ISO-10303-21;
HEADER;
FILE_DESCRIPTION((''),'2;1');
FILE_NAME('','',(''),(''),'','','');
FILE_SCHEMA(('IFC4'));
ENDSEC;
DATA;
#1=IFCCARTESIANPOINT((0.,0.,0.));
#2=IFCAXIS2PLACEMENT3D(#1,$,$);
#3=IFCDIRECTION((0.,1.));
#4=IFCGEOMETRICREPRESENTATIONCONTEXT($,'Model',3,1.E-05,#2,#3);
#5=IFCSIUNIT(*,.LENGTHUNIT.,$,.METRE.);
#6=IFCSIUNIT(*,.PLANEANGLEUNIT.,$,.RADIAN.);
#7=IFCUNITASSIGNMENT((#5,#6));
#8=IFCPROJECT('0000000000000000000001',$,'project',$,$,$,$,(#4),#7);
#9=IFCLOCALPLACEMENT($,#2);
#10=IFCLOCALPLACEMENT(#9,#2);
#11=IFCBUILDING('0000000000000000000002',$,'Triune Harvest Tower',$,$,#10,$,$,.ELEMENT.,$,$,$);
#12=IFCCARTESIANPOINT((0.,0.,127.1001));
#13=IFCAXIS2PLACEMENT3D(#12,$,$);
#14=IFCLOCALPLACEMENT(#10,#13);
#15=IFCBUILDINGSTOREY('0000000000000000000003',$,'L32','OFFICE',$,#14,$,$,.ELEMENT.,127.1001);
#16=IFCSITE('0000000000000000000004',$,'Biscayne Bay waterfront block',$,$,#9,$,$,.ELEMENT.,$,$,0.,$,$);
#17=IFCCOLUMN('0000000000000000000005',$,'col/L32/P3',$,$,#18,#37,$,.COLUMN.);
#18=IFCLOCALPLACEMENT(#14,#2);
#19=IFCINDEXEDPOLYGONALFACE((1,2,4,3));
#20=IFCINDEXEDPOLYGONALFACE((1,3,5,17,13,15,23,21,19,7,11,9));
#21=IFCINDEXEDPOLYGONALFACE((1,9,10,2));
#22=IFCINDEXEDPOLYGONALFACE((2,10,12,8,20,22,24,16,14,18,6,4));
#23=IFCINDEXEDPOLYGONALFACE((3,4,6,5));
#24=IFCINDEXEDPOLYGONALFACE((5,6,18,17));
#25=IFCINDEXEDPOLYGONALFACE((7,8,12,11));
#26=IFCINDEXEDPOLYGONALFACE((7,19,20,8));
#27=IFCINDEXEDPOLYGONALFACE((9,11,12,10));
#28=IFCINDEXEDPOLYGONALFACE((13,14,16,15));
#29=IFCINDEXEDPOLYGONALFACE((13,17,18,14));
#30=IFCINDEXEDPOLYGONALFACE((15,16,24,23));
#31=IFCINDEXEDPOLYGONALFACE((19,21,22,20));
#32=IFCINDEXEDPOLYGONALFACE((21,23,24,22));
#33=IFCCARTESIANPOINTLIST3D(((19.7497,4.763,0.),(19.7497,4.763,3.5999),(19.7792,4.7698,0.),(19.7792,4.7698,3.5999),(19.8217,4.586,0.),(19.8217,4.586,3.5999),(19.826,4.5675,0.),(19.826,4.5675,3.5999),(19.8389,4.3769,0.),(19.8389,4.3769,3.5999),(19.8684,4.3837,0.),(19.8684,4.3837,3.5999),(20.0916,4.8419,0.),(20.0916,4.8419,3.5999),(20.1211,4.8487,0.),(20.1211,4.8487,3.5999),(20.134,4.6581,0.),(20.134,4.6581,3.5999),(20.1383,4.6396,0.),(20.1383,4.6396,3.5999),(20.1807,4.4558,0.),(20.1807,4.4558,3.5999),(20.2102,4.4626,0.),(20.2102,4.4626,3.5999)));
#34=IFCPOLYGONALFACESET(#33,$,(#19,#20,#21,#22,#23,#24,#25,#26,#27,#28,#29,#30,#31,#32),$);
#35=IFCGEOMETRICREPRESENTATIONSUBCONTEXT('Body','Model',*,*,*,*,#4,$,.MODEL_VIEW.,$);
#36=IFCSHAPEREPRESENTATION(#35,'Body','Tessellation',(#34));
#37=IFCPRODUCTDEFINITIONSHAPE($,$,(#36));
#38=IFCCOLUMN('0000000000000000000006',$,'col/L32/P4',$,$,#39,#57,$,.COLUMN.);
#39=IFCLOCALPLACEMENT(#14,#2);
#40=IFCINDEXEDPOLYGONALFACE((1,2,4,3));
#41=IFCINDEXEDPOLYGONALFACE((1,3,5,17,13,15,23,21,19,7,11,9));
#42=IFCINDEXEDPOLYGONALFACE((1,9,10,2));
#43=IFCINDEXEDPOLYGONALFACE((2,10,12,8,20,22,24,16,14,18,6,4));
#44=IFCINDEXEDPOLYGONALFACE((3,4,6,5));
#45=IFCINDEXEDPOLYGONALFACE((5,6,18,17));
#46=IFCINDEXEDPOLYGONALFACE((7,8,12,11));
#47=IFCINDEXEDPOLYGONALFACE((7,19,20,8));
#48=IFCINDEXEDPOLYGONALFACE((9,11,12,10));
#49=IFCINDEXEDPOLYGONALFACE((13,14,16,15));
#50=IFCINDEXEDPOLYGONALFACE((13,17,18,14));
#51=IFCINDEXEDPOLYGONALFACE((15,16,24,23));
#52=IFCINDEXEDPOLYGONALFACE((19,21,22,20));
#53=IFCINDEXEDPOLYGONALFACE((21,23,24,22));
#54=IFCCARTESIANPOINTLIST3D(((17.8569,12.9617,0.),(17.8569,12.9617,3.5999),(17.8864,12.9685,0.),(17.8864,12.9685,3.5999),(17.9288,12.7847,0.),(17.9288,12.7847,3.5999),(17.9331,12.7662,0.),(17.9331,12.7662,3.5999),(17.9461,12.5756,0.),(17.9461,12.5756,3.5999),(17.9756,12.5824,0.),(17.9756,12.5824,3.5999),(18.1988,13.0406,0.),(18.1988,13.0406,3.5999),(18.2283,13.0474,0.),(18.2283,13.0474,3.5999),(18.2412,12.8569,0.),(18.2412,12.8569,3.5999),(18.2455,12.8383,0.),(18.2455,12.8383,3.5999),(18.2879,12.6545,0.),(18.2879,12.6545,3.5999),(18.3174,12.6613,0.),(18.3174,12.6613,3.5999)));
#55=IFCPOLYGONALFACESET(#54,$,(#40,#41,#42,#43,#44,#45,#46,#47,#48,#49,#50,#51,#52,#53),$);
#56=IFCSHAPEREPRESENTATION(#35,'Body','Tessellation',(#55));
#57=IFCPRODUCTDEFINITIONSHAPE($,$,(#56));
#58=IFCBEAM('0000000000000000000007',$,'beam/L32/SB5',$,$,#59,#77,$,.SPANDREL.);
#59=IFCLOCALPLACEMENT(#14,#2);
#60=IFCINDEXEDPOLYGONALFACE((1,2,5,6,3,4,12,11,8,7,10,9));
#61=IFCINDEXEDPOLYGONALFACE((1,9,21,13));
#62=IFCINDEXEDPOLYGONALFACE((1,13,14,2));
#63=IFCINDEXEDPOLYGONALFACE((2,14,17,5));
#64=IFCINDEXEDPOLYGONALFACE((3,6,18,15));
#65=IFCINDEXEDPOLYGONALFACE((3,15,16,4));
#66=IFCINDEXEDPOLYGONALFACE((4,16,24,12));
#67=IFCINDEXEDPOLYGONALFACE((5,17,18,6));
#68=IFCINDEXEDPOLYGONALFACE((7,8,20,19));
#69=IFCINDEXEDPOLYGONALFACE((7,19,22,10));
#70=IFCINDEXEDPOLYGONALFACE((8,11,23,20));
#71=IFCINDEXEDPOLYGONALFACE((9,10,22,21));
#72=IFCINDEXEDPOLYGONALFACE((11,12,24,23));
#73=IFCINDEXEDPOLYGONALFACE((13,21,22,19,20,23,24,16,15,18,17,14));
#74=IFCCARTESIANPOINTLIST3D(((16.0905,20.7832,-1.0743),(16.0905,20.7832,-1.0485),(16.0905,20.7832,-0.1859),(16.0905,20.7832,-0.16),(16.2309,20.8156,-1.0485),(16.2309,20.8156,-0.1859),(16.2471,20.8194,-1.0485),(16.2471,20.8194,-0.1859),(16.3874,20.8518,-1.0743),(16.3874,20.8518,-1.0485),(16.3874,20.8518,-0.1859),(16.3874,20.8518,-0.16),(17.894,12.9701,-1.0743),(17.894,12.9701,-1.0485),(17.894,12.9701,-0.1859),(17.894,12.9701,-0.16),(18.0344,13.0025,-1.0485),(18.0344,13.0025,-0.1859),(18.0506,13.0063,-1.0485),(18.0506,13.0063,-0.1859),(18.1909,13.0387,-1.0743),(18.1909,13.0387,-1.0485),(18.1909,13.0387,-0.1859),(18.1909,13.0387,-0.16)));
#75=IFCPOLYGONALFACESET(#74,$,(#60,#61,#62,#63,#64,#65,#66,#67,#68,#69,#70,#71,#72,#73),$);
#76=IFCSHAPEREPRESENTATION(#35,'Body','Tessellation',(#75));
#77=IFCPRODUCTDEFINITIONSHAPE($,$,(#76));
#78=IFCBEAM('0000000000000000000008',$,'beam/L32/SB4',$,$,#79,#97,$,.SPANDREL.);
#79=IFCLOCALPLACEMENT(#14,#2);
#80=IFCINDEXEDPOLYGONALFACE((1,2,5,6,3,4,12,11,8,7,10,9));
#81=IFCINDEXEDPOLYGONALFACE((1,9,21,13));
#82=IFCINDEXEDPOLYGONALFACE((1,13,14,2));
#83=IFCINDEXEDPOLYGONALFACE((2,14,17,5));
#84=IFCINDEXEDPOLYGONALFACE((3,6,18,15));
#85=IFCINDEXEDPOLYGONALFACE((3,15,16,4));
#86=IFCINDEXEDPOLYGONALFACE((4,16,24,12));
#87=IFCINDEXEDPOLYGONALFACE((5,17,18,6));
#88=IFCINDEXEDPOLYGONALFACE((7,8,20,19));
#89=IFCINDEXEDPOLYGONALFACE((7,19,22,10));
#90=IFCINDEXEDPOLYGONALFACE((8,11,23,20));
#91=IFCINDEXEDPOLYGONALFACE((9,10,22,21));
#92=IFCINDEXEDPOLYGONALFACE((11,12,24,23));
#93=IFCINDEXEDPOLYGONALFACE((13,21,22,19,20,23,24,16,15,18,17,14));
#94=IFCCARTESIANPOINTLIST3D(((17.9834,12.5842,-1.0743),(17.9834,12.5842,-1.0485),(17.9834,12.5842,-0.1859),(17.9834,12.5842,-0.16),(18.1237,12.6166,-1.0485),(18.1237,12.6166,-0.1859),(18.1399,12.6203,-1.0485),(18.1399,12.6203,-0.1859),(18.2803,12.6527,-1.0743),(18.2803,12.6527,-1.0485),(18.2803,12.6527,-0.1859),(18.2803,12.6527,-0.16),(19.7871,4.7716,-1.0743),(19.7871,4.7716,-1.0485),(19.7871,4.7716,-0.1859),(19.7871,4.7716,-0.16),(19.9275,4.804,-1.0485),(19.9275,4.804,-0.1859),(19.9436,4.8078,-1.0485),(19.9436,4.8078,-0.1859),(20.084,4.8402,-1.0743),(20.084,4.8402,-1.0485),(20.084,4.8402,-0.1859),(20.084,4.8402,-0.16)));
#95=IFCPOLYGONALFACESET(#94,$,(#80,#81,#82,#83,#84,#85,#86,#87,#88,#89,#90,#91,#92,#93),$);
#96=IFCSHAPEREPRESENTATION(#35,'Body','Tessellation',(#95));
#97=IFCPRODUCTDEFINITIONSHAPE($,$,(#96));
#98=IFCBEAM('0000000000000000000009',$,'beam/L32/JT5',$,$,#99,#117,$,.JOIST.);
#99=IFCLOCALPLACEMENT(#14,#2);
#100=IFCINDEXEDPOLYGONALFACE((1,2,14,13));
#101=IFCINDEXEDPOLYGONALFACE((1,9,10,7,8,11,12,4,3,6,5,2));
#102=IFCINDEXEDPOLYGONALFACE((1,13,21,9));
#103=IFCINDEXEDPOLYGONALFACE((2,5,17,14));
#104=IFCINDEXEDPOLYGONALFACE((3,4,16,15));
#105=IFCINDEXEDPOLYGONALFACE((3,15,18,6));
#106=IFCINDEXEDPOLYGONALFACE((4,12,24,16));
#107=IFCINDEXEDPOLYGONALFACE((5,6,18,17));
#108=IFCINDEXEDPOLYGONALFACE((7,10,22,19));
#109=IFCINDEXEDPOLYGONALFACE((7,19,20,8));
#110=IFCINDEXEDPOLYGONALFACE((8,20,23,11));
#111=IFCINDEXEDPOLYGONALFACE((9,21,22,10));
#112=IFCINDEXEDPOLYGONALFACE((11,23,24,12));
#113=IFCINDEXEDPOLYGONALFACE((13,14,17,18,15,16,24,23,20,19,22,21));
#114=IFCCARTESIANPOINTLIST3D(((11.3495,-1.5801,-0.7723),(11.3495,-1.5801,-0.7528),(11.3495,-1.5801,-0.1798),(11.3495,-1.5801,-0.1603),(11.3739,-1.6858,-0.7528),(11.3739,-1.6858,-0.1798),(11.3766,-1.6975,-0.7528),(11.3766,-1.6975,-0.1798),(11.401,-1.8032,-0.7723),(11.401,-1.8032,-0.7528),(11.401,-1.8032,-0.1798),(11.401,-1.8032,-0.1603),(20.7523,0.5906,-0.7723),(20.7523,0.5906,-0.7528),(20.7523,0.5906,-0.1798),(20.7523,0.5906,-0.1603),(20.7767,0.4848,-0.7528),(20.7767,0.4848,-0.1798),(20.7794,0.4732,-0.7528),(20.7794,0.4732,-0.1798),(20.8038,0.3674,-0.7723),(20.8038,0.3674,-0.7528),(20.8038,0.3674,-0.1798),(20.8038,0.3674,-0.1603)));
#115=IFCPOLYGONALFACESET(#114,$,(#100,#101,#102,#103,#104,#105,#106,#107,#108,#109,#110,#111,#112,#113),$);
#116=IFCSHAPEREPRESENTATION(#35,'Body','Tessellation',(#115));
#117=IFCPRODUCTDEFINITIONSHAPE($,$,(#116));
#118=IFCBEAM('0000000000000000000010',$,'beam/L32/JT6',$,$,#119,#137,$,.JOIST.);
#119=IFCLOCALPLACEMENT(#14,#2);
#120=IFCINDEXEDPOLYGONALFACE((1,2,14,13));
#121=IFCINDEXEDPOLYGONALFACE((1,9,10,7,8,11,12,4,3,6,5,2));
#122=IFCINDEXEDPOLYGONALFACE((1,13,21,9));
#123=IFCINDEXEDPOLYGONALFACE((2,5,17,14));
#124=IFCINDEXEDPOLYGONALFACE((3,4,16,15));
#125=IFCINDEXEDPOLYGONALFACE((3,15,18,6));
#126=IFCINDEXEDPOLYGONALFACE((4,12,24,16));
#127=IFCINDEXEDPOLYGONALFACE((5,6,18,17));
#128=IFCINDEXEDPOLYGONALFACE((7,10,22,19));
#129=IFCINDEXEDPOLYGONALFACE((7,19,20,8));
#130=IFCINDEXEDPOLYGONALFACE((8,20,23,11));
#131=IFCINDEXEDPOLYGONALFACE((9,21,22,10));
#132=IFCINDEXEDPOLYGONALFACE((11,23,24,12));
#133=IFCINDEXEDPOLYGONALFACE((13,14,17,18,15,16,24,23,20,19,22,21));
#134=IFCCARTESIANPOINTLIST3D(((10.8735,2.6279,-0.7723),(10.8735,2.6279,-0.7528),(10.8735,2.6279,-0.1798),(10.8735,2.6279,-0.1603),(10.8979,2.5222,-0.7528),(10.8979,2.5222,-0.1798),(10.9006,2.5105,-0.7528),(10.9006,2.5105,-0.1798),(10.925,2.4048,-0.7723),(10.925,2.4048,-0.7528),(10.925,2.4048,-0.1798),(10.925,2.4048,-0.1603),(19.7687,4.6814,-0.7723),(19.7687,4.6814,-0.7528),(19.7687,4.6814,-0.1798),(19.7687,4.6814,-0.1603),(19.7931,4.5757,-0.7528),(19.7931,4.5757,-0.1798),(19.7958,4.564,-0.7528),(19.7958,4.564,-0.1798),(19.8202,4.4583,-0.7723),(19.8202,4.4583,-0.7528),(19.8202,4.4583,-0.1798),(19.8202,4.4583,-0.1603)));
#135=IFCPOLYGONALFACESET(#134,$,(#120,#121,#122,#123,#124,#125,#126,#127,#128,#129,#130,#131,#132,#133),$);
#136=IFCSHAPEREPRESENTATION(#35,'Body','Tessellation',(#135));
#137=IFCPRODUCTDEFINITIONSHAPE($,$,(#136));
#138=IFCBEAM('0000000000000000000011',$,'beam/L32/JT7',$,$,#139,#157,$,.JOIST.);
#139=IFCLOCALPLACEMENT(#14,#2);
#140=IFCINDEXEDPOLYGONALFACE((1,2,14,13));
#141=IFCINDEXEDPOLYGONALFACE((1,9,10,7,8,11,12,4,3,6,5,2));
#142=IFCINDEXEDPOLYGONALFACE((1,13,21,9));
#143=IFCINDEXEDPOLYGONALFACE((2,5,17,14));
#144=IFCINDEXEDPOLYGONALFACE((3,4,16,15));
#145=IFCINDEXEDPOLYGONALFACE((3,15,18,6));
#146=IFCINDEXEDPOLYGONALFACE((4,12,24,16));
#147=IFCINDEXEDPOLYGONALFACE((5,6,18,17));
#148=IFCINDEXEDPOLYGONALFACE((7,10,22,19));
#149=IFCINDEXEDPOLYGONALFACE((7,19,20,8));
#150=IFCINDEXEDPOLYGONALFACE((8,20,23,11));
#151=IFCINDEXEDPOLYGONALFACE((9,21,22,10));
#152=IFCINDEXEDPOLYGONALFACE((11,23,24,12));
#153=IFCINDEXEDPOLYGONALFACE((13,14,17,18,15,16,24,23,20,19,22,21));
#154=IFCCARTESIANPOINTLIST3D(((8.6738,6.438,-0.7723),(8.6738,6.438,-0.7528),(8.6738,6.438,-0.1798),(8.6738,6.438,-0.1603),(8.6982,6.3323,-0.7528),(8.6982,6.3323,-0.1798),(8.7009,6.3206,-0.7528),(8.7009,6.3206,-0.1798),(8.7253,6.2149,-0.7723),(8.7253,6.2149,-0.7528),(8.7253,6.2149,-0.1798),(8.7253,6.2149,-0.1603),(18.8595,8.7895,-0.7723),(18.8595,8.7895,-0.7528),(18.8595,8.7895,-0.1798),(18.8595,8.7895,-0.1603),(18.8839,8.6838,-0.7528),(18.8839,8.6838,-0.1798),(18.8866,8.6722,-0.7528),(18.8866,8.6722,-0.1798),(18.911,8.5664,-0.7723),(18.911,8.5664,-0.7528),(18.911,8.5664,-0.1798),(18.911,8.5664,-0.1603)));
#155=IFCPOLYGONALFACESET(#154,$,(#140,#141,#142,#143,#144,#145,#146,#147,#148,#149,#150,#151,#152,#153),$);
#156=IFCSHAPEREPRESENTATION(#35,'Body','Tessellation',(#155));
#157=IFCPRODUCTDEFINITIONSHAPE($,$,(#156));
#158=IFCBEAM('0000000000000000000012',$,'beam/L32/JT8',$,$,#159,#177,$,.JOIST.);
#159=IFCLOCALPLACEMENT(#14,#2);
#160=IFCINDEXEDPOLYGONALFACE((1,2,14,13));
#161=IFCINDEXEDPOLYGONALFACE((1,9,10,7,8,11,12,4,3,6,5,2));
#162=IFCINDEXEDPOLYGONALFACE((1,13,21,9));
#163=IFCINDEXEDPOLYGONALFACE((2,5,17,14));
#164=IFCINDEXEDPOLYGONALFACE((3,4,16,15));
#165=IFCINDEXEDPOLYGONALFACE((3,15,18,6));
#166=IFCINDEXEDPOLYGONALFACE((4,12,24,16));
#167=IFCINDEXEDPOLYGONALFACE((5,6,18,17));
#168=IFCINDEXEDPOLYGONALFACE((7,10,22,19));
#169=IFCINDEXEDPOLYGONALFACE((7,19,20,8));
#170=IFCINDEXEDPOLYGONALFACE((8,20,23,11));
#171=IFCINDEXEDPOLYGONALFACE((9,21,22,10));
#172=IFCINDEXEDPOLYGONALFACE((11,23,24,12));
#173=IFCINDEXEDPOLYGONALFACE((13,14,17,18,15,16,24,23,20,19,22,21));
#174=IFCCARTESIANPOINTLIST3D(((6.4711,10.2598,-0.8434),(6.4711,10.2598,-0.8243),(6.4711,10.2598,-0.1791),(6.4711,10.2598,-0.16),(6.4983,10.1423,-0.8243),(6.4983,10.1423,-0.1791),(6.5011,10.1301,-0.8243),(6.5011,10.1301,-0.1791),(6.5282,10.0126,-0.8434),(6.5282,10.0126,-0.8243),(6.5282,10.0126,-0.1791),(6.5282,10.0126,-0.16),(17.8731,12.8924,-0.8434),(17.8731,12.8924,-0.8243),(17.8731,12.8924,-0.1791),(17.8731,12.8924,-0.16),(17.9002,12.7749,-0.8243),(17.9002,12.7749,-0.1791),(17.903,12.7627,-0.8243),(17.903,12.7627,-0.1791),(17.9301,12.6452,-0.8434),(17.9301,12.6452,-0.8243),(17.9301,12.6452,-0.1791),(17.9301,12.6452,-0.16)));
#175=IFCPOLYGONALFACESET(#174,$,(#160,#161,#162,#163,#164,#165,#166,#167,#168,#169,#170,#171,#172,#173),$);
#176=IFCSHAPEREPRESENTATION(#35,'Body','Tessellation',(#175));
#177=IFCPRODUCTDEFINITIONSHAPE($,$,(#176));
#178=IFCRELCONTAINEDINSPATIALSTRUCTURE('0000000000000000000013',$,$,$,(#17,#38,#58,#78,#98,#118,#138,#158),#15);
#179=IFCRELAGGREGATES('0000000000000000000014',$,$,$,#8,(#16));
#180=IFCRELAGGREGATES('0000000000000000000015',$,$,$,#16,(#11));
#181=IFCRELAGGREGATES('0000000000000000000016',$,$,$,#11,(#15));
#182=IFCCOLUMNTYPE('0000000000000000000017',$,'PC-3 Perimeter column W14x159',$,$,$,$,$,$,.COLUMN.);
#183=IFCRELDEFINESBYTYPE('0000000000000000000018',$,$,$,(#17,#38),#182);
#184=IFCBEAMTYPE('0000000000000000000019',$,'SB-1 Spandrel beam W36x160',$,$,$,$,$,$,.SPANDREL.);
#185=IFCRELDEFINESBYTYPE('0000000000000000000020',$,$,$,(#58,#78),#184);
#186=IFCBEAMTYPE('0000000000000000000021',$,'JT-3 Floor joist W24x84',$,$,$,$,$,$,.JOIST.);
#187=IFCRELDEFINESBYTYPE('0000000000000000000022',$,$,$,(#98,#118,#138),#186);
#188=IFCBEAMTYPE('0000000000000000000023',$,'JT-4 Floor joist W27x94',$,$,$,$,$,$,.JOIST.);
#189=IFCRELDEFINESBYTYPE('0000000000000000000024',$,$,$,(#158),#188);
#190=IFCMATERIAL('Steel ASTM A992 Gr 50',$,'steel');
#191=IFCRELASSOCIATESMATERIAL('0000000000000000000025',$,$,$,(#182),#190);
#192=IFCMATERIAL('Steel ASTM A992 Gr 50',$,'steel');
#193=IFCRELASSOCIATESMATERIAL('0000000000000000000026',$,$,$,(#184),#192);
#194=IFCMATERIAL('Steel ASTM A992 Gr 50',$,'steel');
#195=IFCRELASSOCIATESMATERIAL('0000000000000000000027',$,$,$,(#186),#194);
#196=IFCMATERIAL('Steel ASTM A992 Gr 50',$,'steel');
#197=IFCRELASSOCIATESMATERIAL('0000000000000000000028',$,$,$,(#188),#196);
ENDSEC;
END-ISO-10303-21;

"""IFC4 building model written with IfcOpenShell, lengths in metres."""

from ifc_helpers import new_model, si_unit, direction, frame, origin, origin_2d, place, context, subcontext, project, spatial, i_section, extrude, source, transform, mapped, material, material_profile, profile_set, type_object, element, save


model = new_model("IFC4")

# Units and contexts
model_context = context("Model", 3, precision=1e-05, world=origin(), true_north=direction((0.0, 1.0)))
body_context = subcontext(model_context, "Body", "Model", "MODEL_VIEW")
ifc_project = project(units=[si_unit("LENGTHUNIT", "METRE"), si_unit("PLANEANGLEUNIT", "RADIAN")], contexts=[model_context])

# Site, building, storey
site_placement = place(None, origin())
site = spatial("IfcSite", under=ifc_project, at=site_placement, Name="Biscayne Bay waterfront block", CompositionType="ELEMENT", RefElevation=0.0)
building_placement = place(site_placement, origin())
building = spatial("IfcBuilding", under=site, at=building_placement, Name="Triune Harvest Tower", CompositionType="ELEMENT")
storey_placement = place(building_placement, frame((0.0, 0.0, 127.1001)))
storey = spatial("IfcBuildingStorey", under=building, at=storey_placement, Name="L32", Description="OFFICE", CompositionType="ELEMENT", Elevation=127.1001)

# Columns
ifc_material_1 = material(Name="Steel ASTM A992 Gr 50", Category="steel")
ifc_material_profile_1 = material_profile(ifc_material_1, i_section(OverallWidth=0.3962, OverallDepth=0.3811, WebThickness=0.019, FlangeThickness=0.0303, at=origin_2d()), Name="W14x159")
ifc_profile_set_1 = profile_set([ifc_material_profile_1], Name="Steel ASTM A992 Gr 50")
column_type = type_object("IfcColumnType", Name="PC-3 Perimeter column W14x159", PredefinedType="COLUMN", material=ifc_profile_set_1)
shared_shape_1 = source(origin(), body_context, "Body", "SweptSolid", [
    extrude(i_section(OverallWidth=0.3962, OverallDepth=0.3811, WebThickness=0.019, FlangeThickness=0.0303, at=origin_2d()), origin(), (0.0, 0.0, 1.0), 3.5999),
])
for number, where, z_axis, x_axis, name in (
    (1, (19.98, 4.6128, 0.0), (0.0, 0.0, 1.0), (-0.224953, 0.97437, 0.0), "col/L32/P3"),
    (2, (18.0872, 12.8115, 0.0), (0.0, 0.0, 1.0), (-0.224953, 0.97437, 0.0), "col/L32/P4"),
):
    element("IfcColumn", number, at=place(storey_placement, frame(where, z_axis=z_axis, x_axis=x_axis)), inside=storey, type_object=column_type, Name=name, PredefinedType="COLUMN", context=body_context, shape_type="MappedRepresentation", body=[
        mapped(shared_shape_1, transform((0.0, 0.0, 0.0), scale=1.0)),
    ])

# Beams
ifc_material_2 = material(Name="Steel ASTM A992 Gr 50", Category="steel")
ifc_material_profile_2 = material_profile(ifc_material_2, i_section(OverallWidth=0.3047, OverallDepth=0.9143, WebThickness=0.0166, FlangeThickness=0.0259, at=origin_2d()), Name="W36x160")
ifc_profile_set_2 = profile_set([ifc_material_profile_2], Name="Steel ASTM A992 Gr 50")
beam_type_1 = type_object("IfcBeamType", Name="SB-1 Spandrel beam W36x160", PredefinedType="SPANDREL", material=ifc_profile_set_2)
shared_shape_2 = source(origin(), body_context, "Body", "SweptSolid", [
    extrude(i_section(OverallWidth=0.3047, OverallDepth=0.9143, WebThickness=0.0166, FlangeThickness=0.0259, at=origin_2d()), origin(), (0.0, 0.0, 1.0), 8.0186),
])
beam_1_placement = place(storey_placement, frame((18.0425, 13.0044, -0.6172), z_axis=(-0.224915, 0.974378, 0.0), x_axis=(-0.974378, -0.224915, 0.0)))
element("IfcBeam", 3, at=beam_1_placement, inside=storey, type_object=beam_type_1, Name="beam/L32/SB5", PredefinedType="SPANDREL", context=body_context, shape_type="MappedRepresentation", body=[
    mapped(shared_shape_2, transform((0.0, 0.0, 0.0), scale=1.0)),
])
shared_shape_3 = source(origin(), body_context, "Body", "SweptSolid", [
    extrude(i_section(OverallWidth=0.3047, OverallDepth=0.9143, WebThickness=0.0166, FlangeThickness=0.0259, at=origin_2d()), origin(), (0.0, 0.0, 1.0), 8.0181),
])
beam_2_placement = place(storey_placement, frame((19.9355, 4.8059, -0.6172), z_axis=(-0.224957, 0.974369, 0.0), x_axis=(-0.974369, -0.224957, 0.0)))
element("IfcBeam", 4, at=beam_2_placement, inside=storey, type_object=beam_type_1, Name="beam/L32/SB4", PredefinedType="SPANDREL", context=body_context, shape_type="MappedRepresentation", body=[
    mapped(shared_shape_3, transform((0.0, 0.0, 0.0), scale=1.0)),
])
ifc_material_3 = material(Name="Steel ASTM A992 Gr 50", Category="steel")
ifc_material_profile_3 = material_profile(ifc_material_3, i_section(OverallWidth=0.229, OverallDepth=0.6121, WebThickness=0.012, FlangeThickness=0.0195, at=origin_2d()), Name="W24x84")
ifc_profile_set_3 = profile_set([ifc_material_profile_3], Name="Steel ASTM A992 Gr 50")
beam_type_2 = type_object("IfcBeamType", Name="JT-3 Floor joist W24x84", PredefinedType="JOIST", material=ifc_profile_set_3)
shared_shape_4 = source(origin(), body_context, "Body", "SweptSolid", [
    extrude(i_section(OverallWidth=0.229, OverallDepth=0.6121, WebThickness=0.012, FlangeThickness=0.0195, at=origin_2d()), origin(), (0.0, 0.0, 1.0), 9.6501),
])
beam_3_placement = place(storey_placement, frame((20.7781, 0.479, -0.4663), z_axis=(-0.974374, -0.224935, 0.0), x_axis=(0.224935, -0.974374, 0.0)))
element("IfcBeam", 5, at=beam_3_placement, inside=storey, type_object=beam_type_2, Name="beam/L32/JT5", PredefinedType="JOIST", context=body_context, shape_type="MappedRepresentation", body=[
    mapped(shared_shape_4, transform((0.0, 0.0, 0.0), scale=1.0)),
])
shared_shape_5 = source(origin(), body_context, "Body", "SweptSolid", [
    extrude(i_section(OverallWidth=0.229, OverallDepth=0.6121, WebThickness=0.012, FlangeThickness=0.0195, at=origin_2d()), origin(), (0.0, 0.0, 1.0), 9.1292),
])
beam_4_placement = place(storey_placement, frame((19.7944, 4.5698, -0.4663), z_axis=(-0.974374, -0.224934, 0.0), x_axis=(0.224934, -0.974374, 0.0)))
element("IfcBeam", 6, at=beam_4_placement, inside=storey, type_object=beam_type_2, Name="beam/L32/JT6", PredefinedType="JOIST", context=body_context, shape_type="MappedRepresentation", body=[
    mapped(shared_shape_5, transform((0.0, 0.0, 0.0), scale=1.0)),
])
shared_shape_6 = source(origin(), body_context, "Body", "SweptSolid", [
    extrude(i_section(OverallWidth=0.229, OverallDepth=0.6121, WebThickness=0.012, FlangeThickness=0.0195, at=origin_2d()), origin(), (0.0, 0.0, 1.0), 10.4536),
])
beam_5_placement = place(storey_placement, frame((18.8853, 8.678, -0.4663), z_axis=(-0.97437, -0.22495, 0.0), x_axis=(0.22495, -0.97437, 0.0)))
element("IfcBeam", 7, at=beam_5_placement, inside=storey, type_object=beam_type_2, Name="beam/L32/JT7", PredefinedType="JOIST", context=body_context, shape_type="MappedRepresentation", body=[
    mapped(shared_shape_6, transform((0.0, 0.0, 0.0), scale=1.0)),
])
ifc_material_4 = material(Name="Steel ASTM A992 Gr 50", Category="steel")
ifc_material_profile_4 = material_profile(ifc_material_4, i_section(OverallWidth=0.2537, OverallDepth=0.6833, WebThickness=0.0125, FlangeThickness=0.019, at=origin_2d()), Name="W27x94")
ifc_profile_set_4 = profile_set([ifc_material_profile_4], Name="Steel ASTM A992 Gr 50")
beam_type_3 = type_object("IfcBeamType", Name="JT-4 Floor joist W27x94", PredefinedType="JOIST", material=ifc_profile_set_4)
shared_shape_7 = source(origin(), body_context, "Body", "SweptSolid", [
    extrude(i_section(OverallWidth=0.2537, OverallDepth=0.6833, WebThickness=0.0125, FlangeThickness=0.019, at=origin_2d()), origin(), (0.0, 0.0, 1.0), 11.7019),
])
beam_6_placement = place(storey_placement, frame((17.9016, 12.7688, -0.5017), z_axis=(-0.974366, -0.224971, 0.0), x_axis=(0.224971, -0.974366, 0.0)))
element("IfcBeam", 8, at=beam_6_placement, inside=storey, type_object=beam_type_3, Name="beam/L32/JT8", PredefinedType="JOIST", context=body_context, shape_type="MappedRepresentation", body=[
    mapped(shared_shape_7, transform((0.0, 0.0, 0.0), scale=1.0)),
])

save(model, "model.ifc")
